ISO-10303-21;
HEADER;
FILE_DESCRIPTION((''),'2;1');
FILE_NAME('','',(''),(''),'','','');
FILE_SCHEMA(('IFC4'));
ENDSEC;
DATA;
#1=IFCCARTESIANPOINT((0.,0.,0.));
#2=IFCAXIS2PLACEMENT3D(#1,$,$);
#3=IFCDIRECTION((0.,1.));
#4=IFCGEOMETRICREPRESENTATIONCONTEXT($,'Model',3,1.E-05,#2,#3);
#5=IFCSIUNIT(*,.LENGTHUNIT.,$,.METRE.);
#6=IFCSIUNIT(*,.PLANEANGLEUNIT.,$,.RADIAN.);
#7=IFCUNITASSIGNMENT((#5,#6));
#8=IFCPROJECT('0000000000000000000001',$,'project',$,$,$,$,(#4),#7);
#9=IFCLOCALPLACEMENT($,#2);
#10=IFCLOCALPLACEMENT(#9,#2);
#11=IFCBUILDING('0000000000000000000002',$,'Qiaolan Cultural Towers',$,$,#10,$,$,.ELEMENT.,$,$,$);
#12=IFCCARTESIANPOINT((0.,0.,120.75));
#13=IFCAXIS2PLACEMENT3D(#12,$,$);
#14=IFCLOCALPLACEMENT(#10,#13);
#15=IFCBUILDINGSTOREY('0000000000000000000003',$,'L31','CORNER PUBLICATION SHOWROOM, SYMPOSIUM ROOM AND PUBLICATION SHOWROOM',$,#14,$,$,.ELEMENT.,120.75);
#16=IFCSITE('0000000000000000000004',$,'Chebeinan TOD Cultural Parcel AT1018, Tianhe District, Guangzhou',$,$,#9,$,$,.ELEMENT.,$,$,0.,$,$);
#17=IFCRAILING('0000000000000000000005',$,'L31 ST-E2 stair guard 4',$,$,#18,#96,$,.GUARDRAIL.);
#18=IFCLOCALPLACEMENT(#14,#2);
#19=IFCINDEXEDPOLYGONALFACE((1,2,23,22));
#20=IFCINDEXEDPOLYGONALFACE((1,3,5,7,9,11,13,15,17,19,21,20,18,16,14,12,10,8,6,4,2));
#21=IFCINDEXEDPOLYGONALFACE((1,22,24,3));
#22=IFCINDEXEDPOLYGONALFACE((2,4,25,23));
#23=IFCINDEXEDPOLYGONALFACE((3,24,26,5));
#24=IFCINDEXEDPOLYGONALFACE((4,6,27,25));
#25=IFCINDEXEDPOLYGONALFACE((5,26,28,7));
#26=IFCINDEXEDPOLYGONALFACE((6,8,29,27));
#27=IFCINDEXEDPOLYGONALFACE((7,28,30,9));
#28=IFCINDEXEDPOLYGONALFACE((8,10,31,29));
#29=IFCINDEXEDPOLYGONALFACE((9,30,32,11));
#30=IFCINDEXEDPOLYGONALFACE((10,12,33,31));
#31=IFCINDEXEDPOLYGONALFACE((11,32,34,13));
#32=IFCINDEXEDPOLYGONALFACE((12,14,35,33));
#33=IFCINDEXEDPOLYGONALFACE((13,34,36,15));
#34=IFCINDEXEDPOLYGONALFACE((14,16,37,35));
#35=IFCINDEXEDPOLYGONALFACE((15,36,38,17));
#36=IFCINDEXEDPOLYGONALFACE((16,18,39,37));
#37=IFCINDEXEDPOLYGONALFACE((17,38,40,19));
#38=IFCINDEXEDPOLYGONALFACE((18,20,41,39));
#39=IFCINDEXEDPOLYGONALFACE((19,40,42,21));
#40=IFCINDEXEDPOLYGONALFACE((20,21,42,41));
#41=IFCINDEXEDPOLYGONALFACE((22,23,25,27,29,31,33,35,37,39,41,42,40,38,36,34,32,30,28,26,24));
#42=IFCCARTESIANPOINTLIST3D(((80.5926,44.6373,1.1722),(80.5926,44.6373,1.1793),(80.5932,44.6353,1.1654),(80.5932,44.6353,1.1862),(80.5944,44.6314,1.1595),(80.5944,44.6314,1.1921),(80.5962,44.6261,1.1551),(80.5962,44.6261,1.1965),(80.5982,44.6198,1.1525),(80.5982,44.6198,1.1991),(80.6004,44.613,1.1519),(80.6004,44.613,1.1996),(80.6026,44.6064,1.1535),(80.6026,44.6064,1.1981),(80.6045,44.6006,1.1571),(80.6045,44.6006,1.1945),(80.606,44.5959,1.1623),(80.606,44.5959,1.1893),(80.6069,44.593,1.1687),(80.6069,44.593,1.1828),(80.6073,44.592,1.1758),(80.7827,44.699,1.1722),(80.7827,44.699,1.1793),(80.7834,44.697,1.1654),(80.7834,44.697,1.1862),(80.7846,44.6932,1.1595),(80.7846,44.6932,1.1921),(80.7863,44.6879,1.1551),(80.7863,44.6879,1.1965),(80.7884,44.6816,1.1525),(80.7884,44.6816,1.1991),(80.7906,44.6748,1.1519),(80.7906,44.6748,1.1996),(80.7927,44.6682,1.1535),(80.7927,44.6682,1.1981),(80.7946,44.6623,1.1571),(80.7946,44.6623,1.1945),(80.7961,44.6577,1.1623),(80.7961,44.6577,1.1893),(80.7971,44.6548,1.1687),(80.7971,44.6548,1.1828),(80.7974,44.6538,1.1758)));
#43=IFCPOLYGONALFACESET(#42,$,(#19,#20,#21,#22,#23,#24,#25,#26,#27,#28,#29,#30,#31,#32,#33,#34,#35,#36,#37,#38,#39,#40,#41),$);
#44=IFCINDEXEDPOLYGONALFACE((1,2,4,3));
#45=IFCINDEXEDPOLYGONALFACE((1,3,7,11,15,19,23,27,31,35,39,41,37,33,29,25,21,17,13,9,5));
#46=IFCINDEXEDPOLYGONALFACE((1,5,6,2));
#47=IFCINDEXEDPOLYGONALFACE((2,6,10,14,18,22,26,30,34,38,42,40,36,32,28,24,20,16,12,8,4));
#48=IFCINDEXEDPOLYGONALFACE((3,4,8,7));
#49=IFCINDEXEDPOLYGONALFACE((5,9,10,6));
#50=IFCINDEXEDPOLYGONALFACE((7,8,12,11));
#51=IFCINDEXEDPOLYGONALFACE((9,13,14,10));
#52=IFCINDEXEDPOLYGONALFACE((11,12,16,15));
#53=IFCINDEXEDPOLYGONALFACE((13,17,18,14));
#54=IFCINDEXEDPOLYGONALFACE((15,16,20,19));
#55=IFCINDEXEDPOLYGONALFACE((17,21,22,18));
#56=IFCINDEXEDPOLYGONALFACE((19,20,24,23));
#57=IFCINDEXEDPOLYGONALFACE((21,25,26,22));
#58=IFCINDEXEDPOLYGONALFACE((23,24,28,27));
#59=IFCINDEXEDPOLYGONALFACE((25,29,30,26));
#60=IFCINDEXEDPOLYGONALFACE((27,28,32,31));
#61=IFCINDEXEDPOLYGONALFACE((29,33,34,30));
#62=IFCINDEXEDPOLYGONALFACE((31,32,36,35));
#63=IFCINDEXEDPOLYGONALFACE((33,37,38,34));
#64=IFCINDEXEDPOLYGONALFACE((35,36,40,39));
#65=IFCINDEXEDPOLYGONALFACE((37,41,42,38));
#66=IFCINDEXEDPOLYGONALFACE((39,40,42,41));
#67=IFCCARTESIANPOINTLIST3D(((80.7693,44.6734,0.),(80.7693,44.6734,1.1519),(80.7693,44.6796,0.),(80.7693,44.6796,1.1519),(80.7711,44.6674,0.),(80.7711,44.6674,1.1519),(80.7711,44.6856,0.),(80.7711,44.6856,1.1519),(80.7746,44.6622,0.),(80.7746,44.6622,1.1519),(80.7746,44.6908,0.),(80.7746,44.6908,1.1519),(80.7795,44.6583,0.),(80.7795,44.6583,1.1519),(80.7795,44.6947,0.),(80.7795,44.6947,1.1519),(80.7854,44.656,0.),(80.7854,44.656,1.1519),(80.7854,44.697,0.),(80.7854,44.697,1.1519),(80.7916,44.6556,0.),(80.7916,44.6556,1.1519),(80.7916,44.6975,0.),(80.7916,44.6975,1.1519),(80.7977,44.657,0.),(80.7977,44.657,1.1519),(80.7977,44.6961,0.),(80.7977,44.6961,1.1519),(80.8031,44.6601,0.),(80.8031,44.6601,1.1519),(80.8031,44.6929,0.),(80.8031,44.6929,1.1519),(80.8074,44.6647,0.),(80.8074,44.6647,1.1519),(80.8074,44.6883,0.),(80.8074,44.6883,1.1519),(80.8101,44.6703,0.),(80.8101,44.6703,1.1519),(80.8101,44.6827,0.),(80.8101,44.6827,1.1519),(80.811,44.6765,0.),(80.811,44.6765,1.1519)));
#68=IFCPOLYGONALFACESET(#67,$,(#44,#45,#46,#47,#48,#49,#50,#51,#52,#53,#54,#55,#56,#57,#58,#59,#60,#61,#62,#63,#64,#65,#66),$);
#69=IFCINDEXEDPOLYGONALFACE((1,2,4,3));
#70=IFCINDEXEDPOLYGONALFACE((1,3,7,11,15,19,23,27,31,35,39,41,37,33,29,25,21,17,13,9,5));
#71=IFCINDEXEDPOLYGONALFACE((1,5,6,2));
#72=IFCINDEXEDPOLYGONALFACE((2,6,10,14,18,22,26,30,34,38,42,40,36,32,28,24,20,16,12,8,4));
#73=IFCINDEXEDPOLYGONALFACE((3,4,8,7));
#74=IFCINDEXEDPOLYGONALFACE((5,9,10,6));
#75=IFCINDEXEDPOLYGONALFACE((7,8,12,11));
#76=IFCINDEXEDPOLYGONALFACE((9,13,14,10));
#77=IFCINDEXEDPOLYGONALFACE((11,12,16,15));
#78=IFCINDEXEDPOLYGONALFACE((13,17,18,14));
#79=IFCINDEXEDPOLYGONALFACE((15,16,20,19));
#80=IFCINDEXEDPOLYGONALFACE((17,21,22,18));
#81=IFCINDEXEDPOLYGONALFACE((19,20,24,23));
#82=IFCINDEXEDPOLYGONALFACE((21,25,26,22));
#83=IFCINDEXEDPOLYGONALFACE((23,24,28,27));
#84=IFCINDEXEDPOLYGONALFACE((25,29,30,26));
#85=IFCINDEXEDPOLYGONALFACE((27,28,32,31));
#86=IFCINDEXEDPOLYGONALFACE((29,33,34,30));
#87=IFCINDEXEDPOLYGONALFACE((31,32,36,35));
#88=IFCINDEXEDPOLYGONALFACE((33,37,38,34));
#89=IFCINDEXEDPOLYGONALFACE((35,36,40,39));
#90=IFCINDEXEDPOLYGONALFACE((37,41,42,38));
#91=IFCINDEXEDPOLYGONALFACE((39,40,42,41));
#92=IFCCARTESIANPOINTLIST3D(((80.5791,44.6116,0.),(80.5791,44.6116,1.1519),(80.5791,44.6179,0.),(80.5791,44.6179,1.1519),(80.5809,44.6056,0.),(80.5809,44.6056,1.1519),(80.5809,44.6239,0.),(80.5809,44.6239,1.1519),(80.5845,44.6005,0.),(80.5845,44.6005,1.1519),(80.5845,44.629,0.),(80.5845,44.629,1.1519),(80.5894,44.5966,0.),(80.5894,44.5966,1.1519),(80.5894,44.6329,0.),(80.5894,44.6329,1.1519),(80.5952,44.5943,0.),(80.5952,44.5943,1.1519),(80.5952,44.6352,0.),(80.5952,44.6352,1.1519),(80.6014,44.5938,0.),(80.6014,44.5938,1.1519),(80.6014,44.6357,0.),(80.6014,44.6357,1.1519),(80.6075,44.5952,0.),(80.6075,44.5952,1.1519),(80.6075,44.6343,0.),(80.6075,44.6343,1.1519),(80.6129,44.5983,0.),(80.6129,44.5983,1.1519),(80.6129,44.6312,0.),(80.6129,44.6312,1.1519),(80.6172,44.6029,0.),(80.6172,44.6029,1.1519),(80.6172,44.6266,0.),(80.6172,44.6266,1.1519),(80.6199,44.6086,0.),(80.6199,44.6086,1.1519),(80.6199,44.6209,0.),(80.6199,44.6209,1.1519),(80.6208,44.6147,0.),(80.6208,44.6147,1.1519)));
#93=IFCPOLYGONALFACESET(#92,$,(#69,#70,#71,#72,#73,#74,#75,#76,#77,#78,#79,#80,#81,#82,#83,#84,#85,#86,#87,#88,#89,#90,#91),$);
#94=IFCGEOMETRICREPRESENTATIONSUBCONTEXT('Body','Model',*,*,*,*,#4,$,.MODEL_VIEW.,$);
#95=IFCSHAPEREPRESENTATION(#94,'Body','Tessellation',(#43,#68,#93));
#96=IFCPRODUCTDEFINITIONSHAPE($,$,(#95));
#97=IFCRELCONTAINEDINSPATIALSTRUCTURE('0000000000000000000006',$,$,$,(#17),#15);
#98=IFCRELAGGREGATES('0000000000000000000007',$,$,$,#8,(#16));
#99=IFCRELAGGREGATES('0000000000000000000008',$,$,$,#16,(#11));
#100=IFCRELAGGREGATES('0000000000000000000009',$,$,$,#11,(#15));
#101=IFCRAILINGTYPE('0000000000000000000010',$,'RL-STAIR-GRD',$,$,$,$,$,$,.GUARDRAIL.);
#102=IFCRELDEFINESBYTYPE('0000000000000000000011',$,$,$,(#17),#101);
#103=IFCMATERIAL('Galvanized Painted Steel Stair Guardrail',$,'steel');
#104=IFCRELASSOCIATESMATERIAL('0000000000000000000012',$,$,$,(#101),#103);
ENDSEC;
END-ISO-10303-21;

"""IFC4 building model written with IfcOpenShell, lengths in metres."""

from ifc_helpers import new_model, si_unit, direction, frame, origin, origin_2d, place, context, subcontext, project, spatial, circle, extrude, material, type_object, element, save


model = new_model("IFC4")

# Units and contexts
model_context = context("Model", 3, precision=1e-05, world=origin(), true_north=direction((0.0, 1.0)))
body_context = subcontext(model_context, "Body", "Model", "MODEL_VIEW")
ifc_project = project(units=[si_unit("LENGTHUNIT", "METRE"), si_unit("PLANEANGLEUNIT", "RADIAN")], contexts=[model_context])

# Site, building, storey
site_placement = place(None, origin())
site = spatial("IfcSite", under=ifc_project, at=site_placement, Name="Chebeinan TOD Cultural Parcel AT1018, Tianhe District, Guangzhou", CompositionType="ELEMENT", RefElevation=0.0)
building_placement = place(site_placement, origin())
building = spatial("IfcBuilding", under=site, at=building_placement, Name="Qiaolan Cultural Towers", CompositionType="ELEMENT")
storey_placement = place(building_placement, frame((0.0, 0.0, 120.75)))
storey = spatial("IfcBuildingStorey", under=building, at=storey_placement, Name="L31", Description="CORNER PUBLICATION SHOWROOM, SYMPOSIUM ROOM AND PUBLICATION SHOWROOM", CompositionType="ELEMENT", Elevation=120.75)

# Railing
ifc_material_1 = material(Name="Galvanized Painted Steel Stair Guardrail", Category="steel")
railing_type_1 = type_object("IfcRailingType", Name="RL-STAIR-GRD", PredefinedType="GUARDRAIL", material=ifc_material_1)
railing_1_placement = place(storey_placement, frame((80.79, 44.6765, 0.0)))
element("IfcRailing", 1, at=railing_1_placement, inside=storey, type_object=railing_type_1, Name="L31 ST-E2 stair guard 4", PredefinedType="GUARDRAIL", context=body_context, shape_type="SweptSolid", body=[
    extrude(circle(Radius=0.0239, at=origin_2d()), frame((0.0, 0.0, 1.1758), z_axis=(-0.951097, -0.308893, 0.0), x_axis=(0.308893, -0.951097, 0.0)), (0.0, 0.0, 1.0), 0.2),
    extrude(circle(Radius=0.021, at=origin_2d()), origin(), (0.0, 0.0, 1.0), 1.1519),
    extrude(circle(Radius=0.021, at=origin_2d()), frame((-0.1902, -0.0618, 0.0)), (0.0, 0.0, 1.0), 1.1519),
])

save(model, "model.ifc")
